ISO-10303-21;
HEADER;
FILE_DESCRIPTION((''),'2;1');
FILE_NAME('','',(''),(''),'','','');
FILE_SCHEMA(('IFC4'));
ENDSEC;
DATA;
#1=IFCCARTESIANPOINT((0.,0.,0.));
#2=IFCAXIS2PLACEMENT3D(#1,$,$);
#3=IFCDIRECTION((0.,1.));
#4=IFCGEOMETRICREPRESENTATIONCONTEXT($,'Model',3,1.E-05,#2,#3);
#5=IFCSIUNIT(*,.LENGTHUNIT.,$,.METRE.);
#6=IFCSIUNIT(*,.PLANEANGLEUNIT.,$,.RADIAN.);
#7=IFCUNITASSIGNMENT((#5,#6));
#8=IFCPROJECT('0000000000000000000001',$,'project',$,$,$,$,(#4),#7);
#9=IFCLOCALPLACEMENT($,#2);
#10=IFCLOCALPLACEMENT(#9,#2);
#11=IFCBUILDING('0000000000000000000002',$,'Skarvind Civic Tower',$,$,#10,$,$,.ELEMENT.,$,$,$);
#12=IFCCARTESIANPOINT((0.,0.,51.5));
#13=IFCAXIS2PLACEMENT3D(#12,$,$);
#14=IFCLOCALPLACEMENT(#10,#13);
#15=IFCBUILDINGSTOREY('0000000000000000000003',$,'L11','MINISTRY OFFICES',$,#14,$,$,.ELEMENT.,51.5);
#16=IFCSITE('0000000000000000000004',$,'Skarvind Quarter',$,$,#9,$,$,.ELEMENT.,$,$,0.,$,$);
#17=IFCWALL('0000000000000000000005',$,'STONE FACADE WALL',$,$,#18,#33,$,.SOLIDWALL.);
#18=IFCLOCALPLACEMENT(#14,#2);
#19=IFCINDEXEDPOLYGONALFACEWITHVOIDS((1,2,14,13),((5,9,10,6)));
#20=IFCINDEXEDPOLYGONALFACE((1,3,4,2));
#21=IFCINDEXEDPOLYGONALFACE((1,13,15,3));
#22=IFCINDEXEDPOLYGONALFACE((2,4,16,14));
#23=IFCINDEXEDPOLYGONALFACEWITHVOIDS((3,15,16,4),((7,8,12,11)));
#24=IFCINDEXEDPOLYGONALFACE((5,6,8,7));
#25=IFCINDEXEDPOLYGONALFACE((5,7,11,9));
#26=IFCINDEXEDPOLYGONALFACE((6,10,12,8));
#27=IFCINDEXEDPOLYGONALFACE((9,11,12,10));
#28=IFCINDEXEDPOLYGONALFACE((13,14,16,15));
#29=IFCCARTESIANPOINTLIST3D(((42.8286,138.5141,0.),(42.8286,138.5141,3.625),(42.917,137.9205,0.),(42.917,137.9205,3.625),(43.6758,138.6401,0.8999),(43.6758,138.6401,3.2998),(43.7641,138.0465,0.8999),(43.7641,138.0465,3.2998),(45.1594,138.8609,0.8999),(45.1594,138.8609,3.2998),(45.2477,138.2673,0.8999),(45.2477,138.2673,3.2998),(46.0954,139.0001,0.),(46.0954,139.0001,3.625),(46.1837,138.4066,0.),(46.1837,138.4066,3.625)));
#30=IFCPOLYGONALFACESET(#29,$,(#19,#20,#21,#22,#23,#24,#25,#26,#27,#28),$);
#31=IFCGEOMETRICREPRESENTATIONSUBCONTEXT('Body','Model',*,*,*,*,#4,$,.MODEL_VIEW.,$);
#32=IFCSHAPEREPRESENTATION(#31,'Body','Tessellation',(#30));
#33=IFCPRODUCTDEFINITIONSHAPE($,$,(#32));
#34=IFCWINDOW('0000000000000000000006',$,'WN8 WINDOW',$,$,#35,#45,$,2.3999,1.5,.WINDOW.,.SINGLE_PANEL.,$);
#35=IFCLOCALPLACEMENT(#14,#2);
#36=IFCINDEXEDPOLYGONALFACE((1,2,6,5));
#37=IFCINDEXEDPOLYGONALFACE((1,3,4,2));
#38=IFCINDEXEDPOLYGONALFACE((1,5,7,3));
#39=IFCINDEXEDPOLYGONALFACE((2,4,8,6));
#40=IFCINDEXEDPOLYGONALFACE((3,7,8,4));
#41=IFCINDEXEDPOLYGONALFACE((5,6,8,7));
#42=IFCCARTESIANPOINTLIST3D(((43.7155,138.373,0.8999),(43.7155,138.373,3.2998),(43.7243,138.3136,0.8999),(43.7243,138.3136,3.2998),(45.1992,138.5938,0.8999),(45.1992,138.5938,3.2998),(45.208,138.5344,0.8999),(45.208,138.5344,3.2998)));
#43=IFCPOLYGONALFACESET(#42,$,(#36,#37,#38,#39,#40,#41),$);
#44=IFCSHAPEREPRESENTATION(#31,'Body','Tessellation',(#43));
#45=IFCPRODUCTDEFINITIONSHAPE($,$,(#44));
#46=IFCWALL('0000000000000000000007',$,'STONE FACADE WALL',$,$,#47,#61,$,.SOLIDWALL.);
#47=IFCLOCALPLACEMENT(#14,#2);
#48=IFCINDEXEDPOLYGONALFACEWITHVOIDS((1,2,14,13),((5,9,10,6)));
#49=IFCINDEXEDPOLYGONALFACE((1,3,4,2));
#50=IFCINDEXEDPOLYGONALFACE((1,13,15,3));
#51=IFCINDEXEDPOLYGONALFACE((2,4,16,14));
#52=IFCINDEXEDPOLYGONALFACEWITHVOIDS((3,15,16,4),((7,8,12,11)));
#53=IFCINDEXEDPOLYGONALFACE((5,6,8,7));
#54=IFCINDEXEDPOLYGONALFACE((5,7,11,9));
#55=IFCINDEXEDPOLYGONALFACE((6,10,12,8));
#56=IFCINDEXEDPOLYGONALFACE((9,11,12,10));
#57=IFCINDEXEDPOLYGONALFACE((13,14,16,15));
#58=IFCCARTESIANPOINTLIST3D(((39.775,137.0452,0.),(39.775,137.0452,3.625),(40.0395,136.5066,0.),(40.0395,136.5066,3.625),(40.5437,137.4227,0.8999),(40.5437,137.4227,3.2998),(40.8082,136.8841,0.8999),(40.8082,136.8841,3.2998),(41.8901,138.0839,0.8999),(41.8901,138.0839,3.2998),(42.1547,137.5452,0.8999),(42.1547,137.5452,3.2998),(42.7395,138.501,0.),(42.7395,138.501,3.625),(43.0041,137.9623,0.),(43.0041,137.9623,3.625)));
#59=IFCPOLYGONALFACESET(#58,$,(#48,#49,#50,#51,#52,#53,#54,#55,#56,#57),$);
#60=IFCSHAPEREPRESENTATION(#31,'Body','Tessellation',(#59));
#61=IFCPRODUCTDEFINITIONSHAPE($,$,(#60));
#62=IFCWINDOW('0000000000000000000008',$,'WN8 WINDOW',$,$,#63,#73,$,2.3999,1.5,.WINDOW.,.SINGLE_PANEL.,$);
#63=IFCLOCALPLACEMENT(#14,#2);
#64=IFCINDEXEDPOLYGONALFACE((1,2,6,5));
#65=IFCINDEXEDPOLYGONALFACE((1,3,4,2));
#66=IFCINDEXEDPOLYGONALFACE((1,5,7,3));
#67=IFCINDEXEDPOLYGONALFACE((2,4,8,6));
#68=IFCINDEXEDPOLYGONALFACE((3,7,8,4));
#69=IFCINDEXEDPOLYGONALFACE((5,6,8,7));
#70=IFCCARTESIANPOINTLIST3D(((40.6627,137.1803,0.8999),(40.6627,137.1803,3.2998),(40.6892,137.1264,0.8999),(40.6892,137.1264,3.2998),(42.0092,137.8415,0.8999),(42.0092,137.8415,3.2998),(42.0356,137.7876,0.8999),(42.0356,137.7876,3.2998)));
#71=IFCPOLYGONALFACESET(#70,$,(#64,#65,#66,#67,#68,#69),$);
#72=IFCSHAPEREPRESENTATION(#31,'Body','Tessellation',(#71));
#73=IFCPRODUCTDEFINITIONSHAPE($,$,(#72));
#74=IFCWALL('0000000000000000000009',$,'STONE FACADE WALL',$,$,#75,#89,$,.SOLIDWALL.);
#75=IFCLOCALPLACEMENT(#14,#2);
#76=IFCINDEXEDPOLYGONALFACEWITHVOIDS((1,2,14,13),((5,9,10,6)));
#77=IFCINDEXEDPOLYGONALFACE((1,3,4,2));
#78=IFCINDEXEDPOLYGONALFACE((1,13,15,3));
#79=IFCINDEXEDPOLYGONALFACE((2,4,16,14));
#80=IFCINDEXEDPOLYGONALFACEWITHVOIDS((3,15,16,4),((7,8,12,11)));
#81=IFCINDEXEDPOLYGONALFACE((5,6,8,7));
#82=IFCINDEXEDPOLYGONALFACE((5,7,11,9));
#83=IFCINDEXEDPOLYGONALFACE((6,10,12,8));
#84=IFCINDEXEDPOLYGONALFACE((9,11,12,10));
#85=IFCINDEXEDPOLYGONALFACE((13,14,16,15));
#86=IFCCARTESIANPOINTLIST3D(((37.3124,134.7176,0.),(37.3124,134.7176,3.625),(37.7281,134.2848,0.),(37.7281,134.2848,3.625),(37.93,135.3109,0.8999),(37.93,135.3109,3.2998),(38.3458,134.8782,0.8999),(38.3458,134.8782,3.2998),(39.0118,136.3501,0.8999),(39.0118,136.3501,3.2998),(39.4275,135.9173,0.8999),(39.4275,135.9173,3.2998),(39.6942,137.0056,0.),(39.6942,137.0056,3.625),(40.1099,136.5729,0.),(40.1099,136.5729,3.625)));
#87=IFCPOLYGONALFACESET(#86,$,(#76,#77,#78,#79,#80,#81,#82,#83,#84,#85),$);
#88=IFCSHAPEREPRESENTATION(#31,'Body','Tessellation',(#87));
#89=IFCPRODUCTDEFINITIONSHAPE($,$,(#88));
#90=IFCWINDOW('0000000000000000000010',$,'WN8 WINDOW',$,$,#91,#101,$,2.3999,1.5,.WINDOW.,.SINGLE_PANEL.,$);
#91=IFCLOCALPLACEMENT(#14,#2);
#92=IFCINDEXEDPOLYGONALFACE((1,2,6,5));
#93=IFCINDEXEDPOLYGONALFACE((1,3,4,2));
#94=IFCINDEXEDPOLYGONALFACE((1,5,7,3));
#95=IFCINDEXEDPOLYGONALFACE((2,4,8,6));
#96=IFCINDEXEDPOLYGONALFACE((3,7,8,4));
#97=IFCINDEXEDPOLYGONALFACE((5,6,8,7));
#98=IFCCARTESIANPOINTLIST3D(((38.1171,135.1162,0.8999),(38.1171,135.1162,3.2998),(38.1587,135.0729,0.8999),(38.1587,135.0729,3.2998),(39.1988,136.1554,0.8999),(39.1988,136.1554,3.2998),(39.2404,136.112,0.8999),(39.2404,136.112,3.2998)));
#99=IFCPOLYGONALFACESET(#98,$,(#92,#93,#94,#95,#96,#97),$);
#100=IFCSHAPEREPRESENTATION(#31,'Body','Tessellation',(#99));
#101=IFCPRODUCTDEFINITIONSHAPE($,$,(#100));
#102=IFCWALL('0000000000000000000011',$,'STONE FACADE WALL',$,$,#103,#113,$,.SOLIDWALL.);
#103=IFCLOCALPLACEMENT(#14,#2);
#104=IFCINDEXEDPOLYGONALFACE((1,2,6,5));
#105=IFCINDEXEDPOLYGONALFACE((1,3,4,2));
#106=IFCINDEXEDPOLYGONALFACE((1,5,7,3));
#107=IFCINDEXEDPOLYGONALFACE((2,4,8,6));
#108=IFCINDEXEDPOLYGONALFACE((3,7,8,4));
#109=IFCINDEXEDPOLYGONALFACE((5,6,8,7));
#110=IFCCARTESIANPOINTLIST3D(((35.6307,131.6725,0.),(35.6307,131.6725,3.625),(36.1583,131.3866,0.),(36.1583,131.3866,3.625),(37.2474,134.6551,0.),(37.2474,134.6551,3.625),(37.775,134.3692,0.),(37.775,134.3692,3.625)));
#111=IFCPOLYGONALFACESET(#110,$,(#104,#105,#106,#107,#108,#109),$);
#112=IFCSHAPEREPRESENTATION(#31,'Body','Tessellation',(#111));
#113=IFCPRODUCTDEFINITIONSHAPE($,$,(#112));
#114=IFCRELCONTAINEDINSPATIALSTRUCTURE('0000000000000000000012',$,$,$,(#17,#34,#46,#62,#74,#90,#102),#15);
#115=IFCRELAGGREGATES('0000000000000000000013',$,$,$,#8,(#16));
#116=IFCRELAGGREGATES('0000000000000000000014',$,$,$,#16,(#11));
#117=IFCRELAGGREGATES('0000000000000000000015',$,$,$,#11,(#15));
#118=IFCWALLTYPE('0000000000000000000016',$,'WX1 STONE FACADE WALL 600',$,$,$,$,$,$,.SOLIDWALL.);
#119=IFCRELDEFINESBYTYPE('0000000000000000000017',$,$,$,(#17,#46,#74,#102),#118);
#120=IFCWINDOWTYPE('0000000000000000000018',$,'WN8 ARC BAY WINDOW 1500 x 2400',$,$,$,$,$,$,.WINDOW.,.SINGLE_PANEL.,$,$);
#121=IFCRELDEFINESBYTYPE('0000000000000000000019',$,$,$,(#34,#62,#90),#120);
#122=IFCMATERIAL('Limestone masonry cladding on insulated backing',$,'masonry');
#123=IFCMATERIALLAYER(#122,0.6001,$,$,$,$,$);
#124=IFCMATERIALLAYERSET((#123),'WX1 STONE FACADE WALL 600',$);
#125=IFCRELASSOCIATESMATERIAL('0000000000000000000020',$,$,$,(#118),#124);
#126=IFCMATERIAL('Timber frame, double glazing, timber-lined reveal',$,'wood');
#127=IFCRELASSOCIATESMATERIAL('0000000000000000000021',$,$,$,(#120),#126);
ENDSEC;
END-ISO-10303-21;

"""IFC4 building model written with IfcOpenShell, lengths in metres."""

from ifc_helpers import new_model, si_unit, direction, frame, frame_2d, origin, place, context, subcontext, project, spatial, rectangle, extrude, material, layer, layer_set, type_object, element, fill, save


model = new_model("IFC4")

# Units and contexts
model_context = context("Model", 3, precision=1e-05, world=origin(), true_north=direction((0.0, 1.0)))
body_context = subcontext(model_context, "Body", "Model", "MODEL_VIEW")
ifc_project = project(units=[si_unit("LENGTHUNIT", "METRE"), si_unit("PLANEANGLEUNIT", "RADIAN")], contexts=[model_context])

# Site, building, storey
site_placement = place(None, origin())
site = spatial("IfcSite", under=ifc_project, at=site_placement, Name="Skarvind Quarter", CompositionType="ELEMENT", RefElevation=0.0)
building_placement = place(site_placement, origin())
building = spatial("IfcBuilding", under=site, at=building_placement, Name="Skarvind Civic Tower", CompositionType="ELEMENT")
storey_placement = place(building_placement, frame((0.0, 0.0, 51.5)))
storey = spatial("IfcBuildingStorey", under=building, at=storey_placement, Name="L11", Description="MINISTRY OFFICES", CompositionType="ELEMENT", Elevation=51.5)

# Walls, openings, windows
ifc_material_1 = material(Name="Limestone masonry cladding on insulated backing", Category="masonry")
ifc_layer_1 = layer(ifc_material_1, 0.6001)
ifc_layer_set_1 = layer_set([ifc_layer_1], Name="WX1 STONE FACADE WALL 600")
wall_type_1 = type_object("IfcWallType", Name="WX1 STONE FACADE WALL 600", PredefinedType="SOLIDWALL", material=ifc_layer_set_1)
wall_1_placement = place(storey_placement, frame((42.8728, 138.2173, 0.0), z_axis=(0.0, 0.0, 1.0), x_axis=(0.989111, 0.147173, 0.0)))
wall_1 = element("IfcWall", 1, at=wall_1_placement, inside=storey, type_object=wall_type_1, Name="STONE FACADE WALL", PredefinedType="SOLIDWALL", context=body_context, shape_type="SweptSolid", body=[
    extrude(rectangle(XDim=3.3027, YDim=0.6001, at=frame_2d((1.6514, 0.0))), origin(), (0.0, 0.0, 1.0), 3.625),
])
opening_1_placement = place(wall_1_placement, frame((0.8564, 0.0, 0.8999)))
opening_1 = element("IfcOpeningElement", 2, at=opening_1_placement, cuts=wall_1, PredefinedType="OPENING", context=body_context, shape_type="SweptSolid", body=[
    extrude(rectangle(XDim=1.5, YDim=2.3999, at=frame_2d((0.75, 1.2))), frame((0.0, 0.3101, 0.0), z_axis=(0.0, -1.0, 0.0), x_axis=(1.0, 0.0, 0.0)), (0.0, 0.0, 1.0), 0.6201),
])
ifc_material_2 = material(Name="Timber frame, double glazing, timber-lined reveal", Category="wood")
window_type = type_object("IfcWindowType", Name="WN8 ARC BAY WINDOW 1500 x 2400", PartitioningType="SINGLE_PANEL", PredefinedType="WINDOW", material=ifc_material_2)
window_1_placement = place(opening_1_placement, origin())
window_1 = element("IfcWindow", 3, at=window_1_placement, inside=storey, type_object=window_type, Name="WN8 WINDOW", OverallHeight=2.3999, OverallWidth=1.5, PartitioningType="SINGLE_PANEL", PredefinedType="WINDOW", context=body_context, shape_type="SweptSolid", body=[
    extrude(rectangle(XDim=1.5, YDim=2.3999, at=frame_2d((0.75, 1.2))), frame((0.0, 0.03, 0.0), z_axis=(0.0, -1.0, 0.0), x_axis=(1.0, 0.0, 0.0)), (0.0, 0.0, 1.0), 0.0601),
])
fill(opening_1, window_1)
wall_2_placement = place(storey_placement, frame((39.9072, 136.7759, 0.0), z_axis=(0.0, 0.0, 1.0), x_axis=(0.897612, 0.440786, 0.0)))
wall_2 = element("IfcWall", 4, at=wall_2_placement, inside=storey, type_object=wall_type_1, Name="STONE FACADE WALL", PredefinedType="SOLIDWALL", context=body_context, shape_type="SweptSolid", body=[
    extrude(rectangle(XDim=3.3027, YDim=0.6001, at=frame_2d((1.6514, 0.0))), origin(), (0.0, 0.0, 1.0), 3.625),
])
opening_2_placement = place(wall_2_placement, frame((0.8564, 0.0, 0.8999)))
opening_2 = element("IfcOpeningElement", 5, at=opening_2_placement, cuts=wall_2, PredefinedType="OPENING", context=body_context, shape_type="SweptSolid", body=[
    extrude(rectangle(XDim=1.5, YDim=2.3999, at=frame_2d((0.75, 1.2))), frame((0.0, 0.3101, 0.0), z_axis=(0.0, -1.0, 0.0), x_axis=(1.0, 0.0, 0.0)), (0.0, 0.0, 1.0), 0.6201),
])
window_2_placement = place(opening_2_placement, origin())
window_2 = element("IfcWindow", 6, at=window_2_placement, inside=storey, type_object=window_type, Name="WN8 WINDOW", OverallHeight=2.3999, OverallWidth=1.5, PartitioningType="SINGLE_PANEL", PredefinedType="WINDOW", context=body_context, shape_type="SweptSolid", body=[
    extrude(rectangle(XDim=1.5, YDim=2.3999, at=frame_2d((0.75, 1.2))), frame((0.0, 0.03, 0.0), z_axis=(0.0, -1.0, 0.0), x_axis=(1.0, 0.0, 0.0)), (0.0, 0.0, 1.0), 0.0601),
])
fill(opening_2, window_2)
wall_3_placement = place(storey_placement, frame((37.5203, 134.5012, 0.0), z_axis=(0.0, 0.0, 1.0), x_axis=(0.721157, 0.692772, 0.0)))
wall_3 = element("IfcWall", 7, at=wall_3_placement, inside=storey, type_object=wall_type_1, Name="STONE FACADE WALL", PredefinedType="SOLIDWALL", context=body_context, shape_type="SweptSolid", body=[
    extrude(rectangle(XDim=3.3027, YDim=0.6001, at=frame_2d((1.6514, 0.0))), origin(), (0.0, 0.0, 1.0), 3.625),
])
opening_3_placement = place(wall_3_placement, frame((0.8564, 0.0, 0.8999)))
opening_3 = element("IfcOpeningElement", 8, at=opening_3_placement, cuts=wall_3, PredefinedType="OPENING", context=body_context, shape_type="SweptSolid", body=[
    extrude(rectangle(XDim=1.5, YDim=2.3999, at=frame_2d((0.75, 1.2))), frame((0.0, 0.3101, 0.0), z_axis=(0.0, -1.0, 0.0), x_axis=(1.0, 0.0, 0.0)), (0.0, 0.0, 1.0), 0.6201),
])
window_3_placement = place(opening_3_placement, origin())
window_3 = element("IfcWindow", 9, at=window_3_placement, inside=storey, type_object=window_type, Name="WN8 WINDOW", OverallHeight=2.3999, OverallWidth=1.5, PartitioningType="SINGLE_PANEL", PredefinedType="WINDOW", context=body_context, shape_type="SweptSolid", body=[
    extrude(rectangle(XDim=1.5, YDim=2.3999, at=frame_2d((0.75, 1.2))), frame((0.0, 0.03, 0.0), z_axis=(0.0, -1.0, 0.0), x_axis=(1.0, 0.0, 0.0)), (0.0, 0.0, 1.0), 0.0601),
])
fill(opening_3, window_3)

# Wall
wall_4_placement = place(storey_placement, frame((35.8945, 131.5295, 0.0), z_axis=(0.0, 0.0, 1.0), x_axis=(0.476531, 0.879158, 0.0)))
element("IfcWall", 10, at=wall_4_placement, inside=storey, type_object=wall_type_1, Name="STONE FACADE WALL", PredefinedType="SOLIDWALL", context=body_context, shape_type="SweptSolid", body=[
    extrude(rectangle(XDim=3.3926, YDim=0.6001, at=frame_2d((1.6963, 0.0))), origin(), (0.0, 0.0, 1.0), 3.625),
])

save(model, "model.ifc")
